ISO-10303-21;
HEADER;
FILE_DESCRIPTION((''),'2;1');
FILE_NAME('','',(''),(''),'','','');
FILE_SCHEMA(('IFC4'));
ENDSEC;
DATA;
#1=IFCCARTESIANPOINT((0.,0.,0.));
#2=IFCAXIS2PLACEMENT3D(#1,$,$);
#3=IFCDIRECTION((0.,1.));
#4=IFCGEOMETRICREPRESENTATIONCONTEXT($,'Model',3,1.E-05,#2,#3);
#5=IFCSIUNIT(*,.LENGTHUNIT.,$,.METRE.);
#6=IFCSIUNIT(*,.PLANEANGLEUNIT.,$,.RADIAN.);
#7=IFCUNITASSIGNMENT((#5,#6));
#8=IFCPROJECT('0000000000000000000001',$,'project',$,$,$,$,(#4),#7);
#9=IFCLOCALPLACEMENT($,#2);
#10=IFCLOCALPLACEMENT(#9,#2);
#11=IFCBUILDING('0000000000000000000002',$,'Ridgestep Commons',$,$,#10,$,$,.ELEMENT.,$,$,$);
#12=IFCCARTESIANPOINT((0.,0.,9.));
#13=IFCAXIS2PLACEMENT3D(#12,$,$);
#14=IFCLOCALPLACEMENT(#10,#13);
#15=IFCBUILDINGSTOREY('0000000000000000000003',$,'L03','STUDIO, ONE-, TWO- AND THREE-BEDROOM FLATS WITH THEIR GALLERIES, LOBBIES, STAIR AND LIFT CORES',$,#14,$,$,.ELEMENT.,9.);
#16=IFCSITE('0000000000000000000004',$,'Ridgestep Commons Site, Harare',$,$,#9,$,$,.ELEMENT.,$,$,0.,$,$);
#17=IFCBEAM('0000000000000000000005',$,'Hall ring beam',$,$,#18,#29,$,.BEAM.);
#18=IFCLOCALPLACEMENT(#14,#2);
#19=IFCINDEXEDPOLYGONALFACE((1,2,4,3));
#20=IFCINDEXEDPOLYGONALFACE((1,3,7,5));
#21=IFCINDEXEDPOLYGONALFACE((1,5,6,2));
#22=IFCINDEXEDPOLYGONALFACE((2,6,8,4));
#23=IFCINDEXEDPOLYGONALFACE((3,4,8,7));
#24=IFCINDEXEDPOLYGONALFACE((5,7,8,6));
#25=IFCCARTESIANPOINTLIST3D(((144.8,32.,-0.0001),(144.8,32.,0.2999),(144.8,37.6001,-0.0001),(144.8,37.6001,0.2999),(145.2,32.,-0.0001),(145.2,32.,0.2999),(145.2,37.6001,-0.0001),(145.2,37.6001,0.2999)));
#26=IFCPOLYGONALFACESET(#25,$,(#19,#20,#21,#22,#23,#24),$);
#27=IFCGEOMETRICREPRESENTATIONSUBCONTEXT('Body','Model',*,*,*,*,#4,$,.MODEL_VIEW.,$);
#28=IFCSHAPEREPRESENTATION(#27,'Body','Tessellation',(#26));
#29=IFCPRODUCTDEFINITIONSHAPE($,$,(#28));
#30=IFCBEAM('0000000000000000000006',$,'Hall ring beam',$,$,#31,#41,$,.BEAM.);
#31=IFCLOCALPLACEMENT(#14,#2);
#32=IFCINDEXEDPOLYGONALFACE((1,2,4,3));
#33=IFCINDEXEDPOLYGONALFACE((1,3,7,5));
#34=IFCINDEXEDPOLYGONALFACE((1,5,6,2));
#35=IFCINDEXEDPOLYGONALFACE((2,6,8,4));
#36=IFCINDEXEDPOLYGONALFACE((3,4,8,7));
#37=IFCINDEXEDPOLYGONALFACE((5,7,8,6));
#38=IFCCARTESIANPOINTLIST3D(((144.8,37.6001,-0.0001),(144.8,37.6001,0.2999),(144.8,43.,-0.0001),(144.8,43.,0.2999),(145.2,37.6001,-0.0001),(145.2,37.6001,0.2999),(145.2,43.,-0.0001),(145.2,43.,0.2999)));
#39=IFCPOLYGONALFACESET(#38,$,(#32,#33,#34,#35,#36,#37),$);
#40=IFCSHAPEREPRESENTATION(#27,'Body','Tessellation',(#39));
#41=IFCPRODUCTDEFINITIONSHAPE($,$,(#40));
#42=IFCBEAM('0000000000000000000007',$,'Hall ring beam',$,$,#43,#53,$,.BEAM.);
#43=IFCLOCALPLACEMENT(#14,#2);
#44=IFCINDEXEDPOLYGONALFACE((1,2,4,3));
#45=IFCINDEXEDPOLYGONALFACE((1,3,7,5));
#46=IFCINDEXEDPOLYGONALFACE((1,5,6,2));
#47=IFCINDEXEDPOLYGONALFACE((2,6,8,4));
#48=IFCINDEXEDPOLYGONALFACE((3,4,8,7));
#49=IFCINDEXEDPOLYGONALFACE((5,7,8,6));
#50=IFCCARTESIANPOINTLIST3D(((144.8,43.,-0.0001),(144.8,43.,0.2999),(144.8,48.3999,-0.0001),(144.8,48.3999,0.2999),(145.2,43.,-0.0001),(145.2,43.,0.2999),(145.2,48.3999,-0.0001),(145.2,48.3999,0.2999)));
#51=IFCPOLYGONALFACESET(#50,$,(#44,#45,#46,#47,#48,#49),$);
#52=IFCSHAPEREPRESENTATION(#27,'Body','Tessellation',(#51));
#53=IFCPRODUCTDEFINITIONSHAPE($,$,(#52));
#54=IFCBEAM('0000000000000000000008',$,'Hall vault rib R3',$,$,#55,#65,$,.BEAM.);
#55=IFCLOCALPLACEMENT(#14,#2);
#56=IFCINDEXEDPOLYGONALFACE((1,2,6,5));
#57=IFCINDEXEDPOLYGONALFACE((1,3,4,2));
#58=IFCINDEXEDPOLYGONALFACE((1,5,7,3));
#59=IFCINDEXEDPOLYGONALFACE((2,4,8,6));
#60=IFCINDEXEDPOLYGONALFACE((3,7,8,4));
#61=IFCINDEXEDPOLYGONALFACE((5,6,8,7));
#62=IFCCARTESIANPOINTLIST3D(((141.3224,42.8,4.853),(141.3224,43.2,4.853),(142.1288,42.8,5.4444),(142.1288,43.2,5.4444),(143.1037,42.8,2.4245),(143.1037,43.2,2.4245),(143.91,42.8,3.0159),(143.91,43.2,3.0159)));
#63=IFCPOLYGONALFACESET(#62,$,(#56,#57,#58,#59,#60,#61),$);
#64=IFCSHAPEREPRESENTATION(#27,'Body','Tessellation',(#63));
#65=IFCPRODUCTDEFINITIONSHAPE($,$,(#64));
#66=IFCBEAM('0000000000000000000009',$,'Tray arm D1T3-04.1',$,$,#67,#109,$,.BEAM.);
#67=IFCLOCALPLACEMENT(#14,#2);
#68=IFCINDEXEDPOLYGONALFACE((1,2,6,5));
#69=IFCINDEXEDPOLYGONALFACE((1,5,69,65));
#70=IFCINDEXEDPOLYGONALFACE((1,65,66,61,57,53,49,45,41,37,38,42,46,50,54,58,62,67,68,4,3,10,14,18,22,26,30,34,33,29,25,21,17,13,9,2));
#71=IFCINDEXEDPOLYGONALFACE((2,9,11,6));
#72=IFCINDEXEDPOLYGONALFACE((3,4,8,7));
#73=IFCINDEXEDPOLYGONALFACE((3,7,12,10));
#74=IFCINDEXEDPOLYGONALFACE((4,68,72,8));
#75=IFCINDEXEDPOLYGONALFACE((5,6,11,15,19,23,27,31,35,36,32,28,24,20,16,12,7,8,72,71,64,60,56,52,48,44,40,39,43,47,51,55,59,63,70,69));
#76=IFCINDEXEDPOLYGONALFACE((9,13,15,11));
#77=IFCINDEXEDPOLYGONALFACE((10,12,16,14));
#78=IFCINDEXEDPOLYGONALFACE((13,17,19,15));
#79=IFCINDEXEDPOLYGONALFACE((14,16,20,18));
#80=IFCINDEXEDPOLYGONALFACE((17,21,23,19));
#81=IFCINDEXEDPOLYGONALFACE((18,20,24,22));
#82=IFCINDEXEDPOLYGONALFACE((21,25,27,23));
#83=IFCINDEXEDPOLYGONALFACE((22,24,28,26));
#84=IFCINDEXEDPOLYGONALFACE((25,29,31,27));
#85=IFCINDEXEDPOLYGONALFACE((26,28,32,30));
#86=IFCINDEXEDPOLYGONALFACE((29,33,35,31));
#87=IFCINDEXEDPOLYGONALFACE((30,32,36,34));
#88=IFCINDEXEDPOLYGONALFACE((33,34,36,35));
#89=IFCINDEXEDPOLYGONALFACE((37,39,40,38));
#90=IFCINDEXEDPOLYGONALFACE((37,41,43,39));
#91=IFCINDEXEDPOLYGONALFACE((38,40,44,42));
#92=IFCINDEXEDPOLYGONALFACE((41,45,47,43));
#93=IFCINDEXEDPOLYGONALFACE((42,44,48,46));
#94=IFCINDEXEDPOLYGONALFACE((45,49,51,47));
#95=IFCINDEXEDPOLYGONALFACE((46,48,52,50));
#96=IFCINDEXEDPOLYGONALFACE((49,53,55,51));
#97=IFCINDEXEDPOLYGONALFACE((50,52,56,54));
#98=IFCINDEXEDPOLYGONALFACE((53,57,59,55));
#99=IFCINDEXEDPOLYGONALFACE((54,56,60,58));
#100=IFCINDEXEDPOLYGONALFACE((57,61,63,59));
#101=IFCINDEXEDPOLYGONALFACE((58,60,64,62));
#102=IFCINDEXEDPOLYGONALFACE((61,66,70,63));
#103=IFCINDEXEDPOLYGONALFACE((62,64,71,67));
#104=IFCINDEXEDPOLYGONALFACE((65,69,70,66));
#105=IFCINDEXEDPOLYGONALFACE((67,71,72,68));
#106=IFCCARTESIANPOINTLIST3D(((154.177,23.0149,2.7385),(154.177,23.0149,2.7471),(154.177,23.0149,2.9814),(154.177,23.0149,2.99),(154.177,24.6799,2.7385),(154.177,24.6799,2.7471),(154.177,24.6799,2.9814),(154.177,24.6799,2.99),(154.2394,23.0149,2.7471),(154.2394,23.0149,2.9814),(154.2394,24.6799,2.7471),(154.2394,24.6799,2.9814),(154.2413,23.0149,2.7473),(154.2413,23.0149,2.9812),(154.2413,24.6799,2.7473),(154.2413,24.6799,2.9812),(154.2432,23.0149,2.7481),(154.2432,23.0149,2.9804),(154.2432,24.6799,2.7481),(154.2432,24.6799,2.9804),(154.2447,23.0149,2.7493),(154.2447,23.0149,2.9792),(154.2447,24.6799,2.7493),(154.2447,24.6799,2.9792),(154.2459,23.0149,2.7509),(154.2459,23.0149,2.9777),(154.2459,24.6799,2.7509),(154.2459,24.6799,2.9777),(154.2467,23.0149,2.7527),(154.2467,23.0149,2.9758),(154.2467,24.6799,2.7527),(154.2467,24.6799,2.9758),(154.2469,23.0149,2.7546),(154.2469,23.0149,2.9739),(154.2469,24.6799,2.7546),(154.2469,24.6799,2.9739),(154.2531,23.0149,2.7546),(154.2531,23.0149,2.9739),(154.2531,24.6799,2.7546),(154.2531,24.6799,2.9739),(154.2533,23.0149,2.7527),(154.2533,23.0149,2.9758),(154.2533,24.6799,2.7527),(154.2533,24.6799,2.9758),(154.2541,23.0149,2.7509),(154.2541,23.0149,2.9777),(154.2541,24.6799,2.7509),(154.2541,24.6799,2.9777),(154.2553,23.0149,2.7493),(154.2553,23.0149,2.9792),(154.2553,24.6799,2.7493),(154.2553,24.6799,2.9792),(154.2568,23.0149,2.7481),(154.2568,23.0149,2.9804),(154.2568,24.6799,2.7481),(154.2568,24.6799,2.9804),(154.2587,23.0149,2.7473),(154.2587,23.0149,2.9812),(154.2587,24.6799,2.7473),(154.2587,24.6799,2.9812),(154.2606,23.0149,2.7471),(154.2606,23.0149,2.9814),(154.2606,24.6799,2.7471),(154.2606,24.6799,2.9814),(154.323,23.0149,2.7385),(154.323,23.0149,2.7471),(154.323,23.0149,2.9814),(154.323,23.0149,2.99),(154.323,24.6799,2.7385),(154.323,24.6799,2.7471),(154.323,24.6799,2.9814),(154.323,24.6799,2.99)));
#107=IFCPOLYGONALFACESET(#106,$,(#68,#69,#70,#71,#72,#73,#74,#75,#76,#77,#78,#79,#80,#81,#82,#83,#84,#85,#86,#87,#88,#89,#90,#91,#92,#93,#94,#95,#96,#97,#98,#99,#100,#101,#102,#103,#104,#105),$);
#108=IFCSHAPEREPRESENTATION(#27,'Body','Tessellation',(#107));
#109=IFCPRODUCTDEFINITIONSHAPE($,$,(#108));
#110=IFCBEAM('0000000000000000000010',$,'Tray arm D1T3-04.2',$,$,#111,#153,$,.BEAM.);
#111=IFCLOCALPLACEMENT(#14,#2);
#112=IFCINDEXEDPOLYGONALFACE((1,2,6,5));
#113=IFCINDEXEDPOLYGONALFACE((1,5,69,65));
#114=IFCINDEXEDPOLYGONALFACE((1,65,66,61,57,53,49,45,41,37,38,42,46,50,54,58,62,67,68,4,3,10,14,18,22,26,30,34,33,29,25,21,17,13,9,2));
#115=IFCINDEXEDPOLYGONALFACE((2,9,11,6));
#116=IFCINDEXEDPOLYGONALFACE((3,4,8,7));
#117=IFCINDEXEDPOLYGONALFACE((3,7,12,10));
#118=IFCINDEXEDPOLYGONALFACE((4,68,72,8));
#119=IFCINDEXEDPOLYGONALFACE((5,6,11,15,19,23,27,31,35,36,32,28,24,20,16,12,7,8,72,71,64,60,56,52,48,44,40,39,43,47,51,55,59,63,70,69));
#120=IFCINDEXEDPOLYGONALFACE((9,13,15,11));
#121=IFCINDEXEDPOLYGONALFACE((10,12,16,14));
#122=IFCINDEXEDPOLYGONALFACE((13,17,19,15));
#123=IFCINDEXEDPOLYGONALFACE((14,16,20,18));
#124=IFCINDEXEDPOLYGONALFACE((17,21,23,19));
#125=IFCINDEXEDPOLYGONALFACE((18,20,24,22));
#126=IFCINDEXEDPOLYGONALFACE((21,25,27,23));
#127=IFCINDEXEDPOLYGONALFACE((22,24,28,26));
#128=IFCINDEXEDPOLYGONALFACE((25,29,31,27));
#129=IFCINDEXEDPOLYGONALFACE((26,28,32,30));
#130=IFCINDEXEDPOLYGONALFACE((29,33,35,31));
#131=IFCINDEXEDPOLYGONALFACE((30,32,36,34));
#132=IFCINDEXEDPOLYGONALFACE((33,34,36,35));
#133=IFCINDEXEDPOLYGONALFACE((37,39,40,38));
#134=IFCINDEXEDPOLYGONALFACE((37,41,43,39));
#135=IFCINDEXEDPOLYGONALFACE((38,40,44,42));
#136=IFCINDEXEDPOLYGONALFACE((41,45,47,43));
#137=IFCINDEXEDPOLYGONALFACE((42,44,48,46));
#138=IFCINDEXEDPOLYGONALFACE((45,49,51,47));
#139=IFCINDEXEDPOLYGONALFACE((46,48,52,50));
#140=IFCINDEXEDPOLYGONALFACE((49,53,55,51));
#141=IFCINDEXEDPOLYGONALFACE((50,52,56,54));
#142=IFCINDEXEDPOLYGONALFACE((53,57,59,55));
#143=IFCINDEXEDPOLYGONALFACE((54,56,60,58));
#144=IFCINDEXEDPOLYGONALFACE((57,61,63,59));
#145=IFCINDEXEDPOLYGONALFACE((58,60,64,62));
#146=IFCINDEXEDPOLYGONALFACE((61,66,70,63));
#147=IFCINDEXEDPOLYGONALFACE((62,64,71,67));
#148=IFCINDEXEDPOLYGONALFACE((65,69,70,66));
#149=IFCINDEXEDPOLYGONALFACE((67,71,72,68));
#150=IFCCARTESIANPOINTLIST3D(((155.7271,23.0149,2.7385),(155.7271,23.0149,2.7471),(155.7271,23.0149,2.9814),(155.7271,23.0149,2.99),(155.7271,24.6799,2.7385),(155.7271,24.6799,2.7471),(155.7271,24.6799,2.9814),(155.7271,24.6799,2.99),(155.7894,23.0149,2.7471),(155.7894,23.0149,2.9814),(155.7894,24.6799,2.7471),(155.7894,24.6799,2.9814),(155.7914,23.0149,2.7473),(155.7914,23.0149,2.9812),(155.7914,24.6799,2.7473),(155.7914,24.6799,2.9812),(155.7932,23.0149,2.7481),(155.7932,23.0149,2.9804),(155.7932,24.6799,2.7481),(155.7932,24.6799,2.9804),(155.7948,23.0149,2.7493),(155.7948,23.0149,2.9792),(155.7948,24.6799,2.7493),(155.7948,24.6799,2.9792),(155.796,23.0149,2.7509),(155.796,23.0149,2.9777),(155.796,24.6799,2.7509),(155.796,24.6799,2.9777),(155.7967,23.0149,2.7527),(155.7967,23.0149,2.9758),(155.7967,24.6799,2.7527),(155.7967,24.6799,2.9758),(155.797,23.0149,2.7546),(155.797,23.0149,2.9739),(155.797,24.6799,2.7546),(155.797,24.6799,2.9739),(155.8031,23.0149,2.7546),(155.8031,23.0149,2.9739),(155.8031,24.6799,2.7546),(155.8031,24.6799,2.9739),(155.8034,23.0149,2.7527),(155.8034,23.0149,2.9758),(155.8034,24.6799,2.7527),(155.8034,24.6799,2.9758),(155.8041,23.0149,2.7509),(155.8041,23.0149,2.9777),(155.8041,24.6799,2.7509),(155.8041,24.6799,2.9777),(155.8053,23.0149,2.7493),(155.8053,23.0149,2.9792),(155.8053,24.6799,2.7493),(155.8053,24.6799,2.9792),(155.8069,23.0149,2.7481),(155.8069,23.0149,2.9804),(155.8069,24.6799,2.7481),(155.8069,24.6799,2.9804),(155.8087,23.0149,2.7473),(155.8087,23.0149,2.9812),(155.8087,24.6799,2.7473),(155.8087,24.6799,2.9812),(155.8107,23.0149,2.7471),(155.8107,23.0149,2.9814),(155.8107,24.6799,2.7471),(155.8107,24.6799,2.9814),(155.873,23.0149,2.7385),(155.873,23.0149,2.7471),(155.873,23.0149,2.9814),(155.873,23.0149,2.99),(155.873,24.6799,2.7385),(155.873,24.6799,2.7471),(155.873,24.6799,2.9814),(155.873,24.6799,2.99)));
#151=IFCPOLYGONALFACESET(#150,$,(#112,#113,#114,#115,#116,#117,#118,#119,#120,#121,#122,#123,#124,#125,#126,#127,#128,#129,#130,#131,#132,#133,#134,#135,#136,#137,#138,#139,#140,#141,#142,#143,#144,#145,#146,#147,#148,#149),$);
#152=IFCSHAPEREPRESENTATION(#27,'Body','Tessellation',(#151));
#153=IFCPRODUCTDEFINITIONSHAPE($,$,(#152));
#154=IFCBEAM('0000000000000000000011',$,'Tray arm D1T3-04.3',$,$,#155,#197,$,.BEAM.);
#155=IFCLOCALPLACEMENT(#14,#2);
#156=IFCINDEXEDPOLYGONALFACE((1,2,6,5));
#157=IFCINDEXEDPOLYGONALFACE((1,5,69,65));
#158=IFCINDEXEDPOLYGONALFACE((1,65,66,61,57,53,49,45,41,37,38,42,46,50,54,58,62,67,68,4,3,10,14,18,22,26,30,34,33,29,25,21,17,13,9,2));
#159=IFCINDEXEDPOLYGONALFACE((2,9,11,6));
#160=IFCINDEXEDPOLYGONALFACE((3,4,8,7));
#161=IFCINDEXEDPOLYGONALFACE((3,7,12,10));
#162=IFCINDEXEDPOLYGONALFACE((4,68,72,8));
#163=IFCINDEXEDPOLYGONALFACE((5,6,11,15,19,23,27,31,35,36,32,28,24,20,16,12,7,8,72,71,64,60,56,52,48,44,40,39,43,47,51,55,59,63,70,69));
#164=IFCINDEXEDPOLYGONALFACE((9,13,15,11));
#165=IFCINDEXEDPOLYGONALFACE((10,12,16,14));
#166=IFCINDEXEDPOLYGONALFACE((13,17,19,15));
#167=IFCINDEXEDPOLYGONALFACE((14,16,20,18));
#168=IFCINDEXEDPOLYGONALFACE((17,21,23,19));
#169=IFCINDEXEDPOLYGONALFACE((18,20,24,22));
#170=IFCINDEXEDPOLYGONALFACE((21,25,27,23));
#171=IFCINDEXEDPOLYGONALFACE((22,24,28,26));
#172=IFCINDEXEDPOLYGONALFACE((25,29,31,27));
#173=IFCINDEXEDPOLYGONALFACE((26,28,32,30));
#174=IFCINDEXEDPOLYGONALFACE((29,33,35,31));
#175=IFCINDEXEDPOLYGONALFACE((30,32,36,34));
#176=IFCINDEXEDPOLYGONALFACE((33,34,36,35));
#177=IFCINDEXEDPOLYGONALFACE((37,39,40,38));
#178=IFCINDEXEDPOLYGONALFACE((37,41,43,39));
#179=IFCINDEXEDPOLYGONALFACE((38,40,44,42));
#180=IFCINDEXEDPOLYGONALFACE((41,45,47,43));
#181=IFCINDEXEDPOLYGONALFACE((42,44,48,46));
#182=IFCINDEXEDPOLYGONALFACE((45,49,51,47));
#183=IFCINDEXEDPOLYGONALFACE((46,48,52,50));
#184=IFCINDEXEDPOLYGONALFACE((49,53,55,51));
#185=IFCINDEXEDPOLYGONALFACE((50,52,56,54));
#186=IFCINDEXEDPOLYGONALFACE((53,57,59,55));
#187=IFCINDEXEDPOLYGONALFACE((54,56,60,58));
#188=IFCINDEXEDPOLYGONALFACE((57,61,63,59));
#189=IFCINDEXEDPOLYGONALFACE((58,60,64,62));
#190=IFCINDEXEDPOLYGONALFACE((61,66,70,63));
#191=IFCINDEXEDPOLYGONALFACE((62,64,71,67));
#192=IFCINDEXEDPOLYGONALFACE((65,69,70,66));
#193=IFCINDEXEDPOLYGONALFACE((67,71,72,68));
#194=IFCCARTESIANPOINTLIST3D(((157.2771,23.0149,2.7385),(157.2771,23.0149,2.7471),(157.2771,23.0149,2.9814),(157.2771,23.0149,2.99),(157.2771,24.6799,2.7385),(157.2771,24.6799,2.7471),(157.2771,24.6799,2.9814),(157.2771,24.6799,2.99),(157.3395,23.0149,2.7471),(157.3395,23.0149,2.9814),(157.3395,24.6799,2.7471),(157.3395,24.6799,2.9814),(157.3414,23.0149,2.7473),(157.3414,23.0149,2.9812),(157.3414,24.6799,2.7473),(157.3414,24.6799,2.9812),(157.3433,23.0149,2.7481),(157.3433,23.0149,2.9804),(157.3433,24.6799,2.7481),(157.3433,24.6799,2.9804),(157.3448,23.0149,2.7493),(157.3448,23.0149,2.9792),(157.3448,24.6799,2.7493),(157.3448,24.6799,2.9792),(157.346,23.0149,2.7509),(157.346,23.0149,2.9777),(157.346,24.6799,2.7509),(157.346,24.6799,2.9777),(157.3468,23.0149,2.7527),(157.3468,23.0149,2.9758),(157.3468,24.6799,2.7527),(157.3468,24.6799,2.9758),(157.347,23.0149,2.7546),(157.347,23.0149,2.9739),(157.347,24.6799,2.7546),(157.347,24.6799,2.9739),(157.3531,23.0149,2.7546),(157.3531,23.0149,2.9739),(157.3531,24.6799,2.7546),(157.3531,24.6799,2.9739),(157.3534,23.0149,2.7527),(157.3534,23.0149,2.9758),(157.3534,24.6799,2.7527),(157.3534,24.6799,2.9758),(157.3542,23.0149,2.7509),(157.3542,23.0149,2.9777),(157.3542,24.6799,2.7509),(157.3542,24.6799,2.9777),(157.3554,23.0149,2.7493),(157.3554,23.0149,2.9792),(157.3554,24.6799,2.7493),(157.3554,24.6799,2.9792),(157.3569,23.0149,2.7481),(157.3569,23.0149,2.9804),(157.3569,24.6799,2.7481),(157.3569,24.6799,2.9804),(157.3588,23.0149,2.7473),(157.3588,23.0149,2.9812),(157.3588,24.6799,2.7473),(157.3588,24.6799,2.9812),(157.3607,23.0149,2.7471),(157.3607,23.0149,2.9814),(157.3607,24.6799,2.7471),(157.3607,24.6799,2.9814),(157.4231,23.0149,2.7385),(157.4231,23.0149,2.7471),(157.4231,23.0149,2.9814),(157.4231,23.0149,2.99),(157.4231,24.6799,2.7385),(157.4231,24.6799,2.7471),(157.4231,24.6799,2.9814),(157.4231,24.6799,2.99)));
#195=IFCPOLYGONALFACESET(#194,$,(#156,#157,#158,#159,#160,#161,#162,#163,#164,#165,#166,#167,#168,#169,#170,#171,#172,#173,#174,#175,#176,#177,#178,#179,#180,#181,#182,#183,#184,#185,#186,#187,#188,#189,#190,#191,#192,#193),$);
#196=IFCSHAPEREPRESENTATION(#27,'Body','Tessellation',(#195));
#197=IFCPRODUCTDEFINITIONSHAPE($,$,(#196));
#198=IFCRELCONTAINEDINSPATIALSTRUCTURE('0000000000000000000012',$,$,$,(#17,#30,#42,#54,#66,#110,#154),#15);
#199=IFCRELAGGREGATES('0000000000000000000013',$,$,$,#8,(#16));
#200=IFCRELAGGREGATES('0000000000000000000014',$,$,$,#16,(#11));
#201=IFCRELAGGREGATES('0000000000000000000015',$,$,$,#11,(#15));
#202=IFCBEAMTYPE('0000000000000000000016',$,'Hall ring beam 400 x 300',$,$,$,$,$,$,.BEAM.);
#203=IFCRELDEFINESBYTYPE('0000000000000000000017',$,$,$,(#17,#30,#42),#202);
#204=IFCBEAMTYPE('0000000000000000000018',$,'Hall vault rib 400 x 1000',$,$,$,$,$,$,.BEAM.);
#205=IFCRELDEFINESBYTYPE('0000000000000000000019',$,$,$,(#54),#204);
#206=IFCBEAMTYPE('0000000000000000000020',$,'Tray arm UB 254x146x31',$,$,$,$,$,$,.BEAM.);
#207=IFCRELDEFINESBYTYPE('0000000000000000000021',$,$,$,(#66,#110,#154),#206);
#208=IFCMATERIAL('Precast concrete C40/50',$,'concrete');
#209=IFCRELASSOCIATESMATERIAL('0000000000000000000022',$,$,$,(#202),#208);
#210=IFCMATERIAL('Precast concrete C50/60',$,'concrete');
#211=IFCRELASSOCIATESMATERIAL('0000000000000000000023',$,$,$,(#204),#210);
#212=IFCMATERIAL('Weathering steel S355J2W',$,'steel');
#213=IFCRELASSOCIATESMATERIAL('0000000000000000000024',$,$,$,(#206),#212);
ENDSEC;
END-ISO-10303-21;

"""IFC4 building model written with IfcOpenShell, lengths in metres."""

from ifc_helpers import new_model, si_unit, direction, frame, origin, origin_2d, place, context, subcontext, project, spatial, rectangle, i_section, extrude, material, material_profile, profile_set, type_object, element, save


model = new_model("IFC4")

# Units and contexts
model_context = context("Model", 3, precision=1e-05, world=origin(), true_north=direction((0.0, 1.0)))
body_context = subcontext(model_context, "Body", "Model", "MODEL_VIEW")
ifc_project = project(units=[si_unit("LENGTHUNIT", "METRE"), si_unit("PLANEANGLEUNIT", "RADIAN")], contexts=[model_context])

# Site, building, storey
site_placement = place(None, origin())
site = spatial("IfcSite", under=ifc_project, at=site_placement, Name="Ridgestep Commons Site, Harare", CompositionType="ELEMENT", RefElevation=0.0)
building_placement = place(site_placement, origin())
building = spatial("IfcBuilding", under=site, at=building_placement, Name="Ridgestep Commons", CompositionType="ELEMENT")
storey_placement = place(building_placement, frame((0.0, 0.0, 9.0)))
storey = spatial("IfcBuildingStorey", under=building, at=storey_placement, Name="L03", Description="STUDIO, ONE-, TWO- AND THREE-BEDROOM FLATS WITH THEIR GALLERIES, LOBBIES, STAIR AND LIFT CORES", CompositionType="ELEMENT", Elevation=9.0)

# Beams
ifc_material_1 = material(Name="Precast concrete C40/50", Category="concrete")
ifc_material_profile_1 = material_profile(ifc_material_1, rectangle(XDim=0.3999, YDim=0.3, at=origin_2d()), Name="Hall ring beam 400 x 300")
ifc_profile_set_1 = profile_set([ifc_material_profile_1], Name="Precast concrete C40/50")
beam_type_1 = type_object("IfcBeamType", Name="Hall ring beam 400 x 300", PredefinedType="BEAM", material=ifc_profile_set_1)
beam_1_placement = place(storey_placement, frame((145.0, 32.0, 0.1499), z_axis=(0.0, 1.0, 0.0), x_axis=(-1.0, 0.0, 0.0)))
element("IfcBeam", 1, at=beam_1_placement, inside=storey, type_object=beam_type_1, Name="Hall ring beam", PredefinedType="BEAM", context=body_context, shape_type="SweptSolid", body=[
    extrude(rectangle(XDim=0.3999, YDim=0.3, at=origin_2d()), origin(), (0.0, 0.0, 1.0), 5.6001),
])
for number, where, z_axis, x_axis, name in (
    (2, (145.0, 37.6001, 0.1499), (0.0, 1.0, 0.0), (-1.0, 0.0, 0.0), "Hall ring beam"),
    (3, (145.0, 43.0, 0.1499), (0.0, 1.0, 0.0), (-1.0, 0.0, 0.0), "Hall ring beam"),
):
    element("IfcBeam", number, at=place(storey_placement, frame(where, z_axis=z_axis, x_axis=x_axis)), inside=storey, type_object=beam_type_1, Name=name, PredefinedType="BEAM", context=body_context, shape_type="SweptSolid", body=[
        extrude(rectangle(XDim=0.3999, YDim=0.3, at=origin_2d()), origin(), (0.0, 0.0, 1.0), 5.3999),
    ])
ifc_material_2 = material(Name="Precast concrete C50/60", Category="concrete")
ifc_material_profile_2 = material_profile(ifc_material_2, rectangle(XDim=0.3999, YDim=1.0, at=origin_2d()), Name="Hall vault rib 400 x 1000")
ifc_profile_set_2 = profile_set([ifc_material_profile_2], Name="Precast concrete C50/60")
beam_type_2 = type_object("IfcBeamType", Name="Hall vault rib 400 x 1000", PredefinedType="BEAM", material=ifc_profile_set_2)
beam_2_placement = place(storey_placement, frame((141.7256, 43.0, 5.1487), z_axis=(0.591444, 0.0, -0.806346), x_axis=(0.0, 1.0, 0.0)))
element("IfcBeam", 4, at=beam_2_placement, inside=storey, type_object=beam_type_2, Name="Hall vault rib R3", PredefinedType="BEAM", context=body_context, shape_type="SweptSolid", body=[
    extrude(rectangle(XDim=0.3999, YDim=1.0, at=origin_2d()), origin(), (0.0, 0.0, 1.0), 3.0117),
])
ifc_material_3 = material(Name="Weathering steel S355J2W", Category="steel")
ifc_material_profile_3 = material_profile(ifc_material_3, i_section(OverallWidth=0.146, OverallDepth=0.2515, WebThickness=0.0061, FlangeThickness=0.0085, FilletRadius=0.0076, at=origin_2d()), Name="UB 254x146x31")
ifc_profile_set_3 = profile_set([ifc_material_profile_3], Name="Weathering steel S355J2W")
beam_type_3 = type_object("IfcBeamType", Name="Tray arm UB 254x146x31", PredefinedType="BEAM", material=ifc_profile_set_3)
for number, where, z_axis, x_axis, name in (
    (5, (154.25, 23.0149, 2.8643), (0.0, 1.0, 0.0), (-1.0, 0.0, 0.0), "Tray arm D1T3-04.1"),
    (6, (155.8, 23.0149, 2.8643), (0.0, 1.0, 0.0), (-1.0, 0.0, 0.0), "Tray arm D1T3-04.2"),
    (7, (157.3501, 23.0149, 2.8643), (0.0, 1.0, 0.0), (-1.0, 0.0, 0.0), "Tray arm D1T3-04.3"),
):
    element("IfcBeam", number, at=place(storey_placement, frame(where, z_axis=z_axis, x_axis=x_axis)), inside=storey, type_object=beam_type_3, Name=name, PredefinedType="BEAM", context=body_context, shape_type="SweptSolid", body=[
        extrude(i_section(OverallWidth=0.146, OverallDepth=0.2515, WebThickness=0.0061, FlangeThickness=0.0085, FilletRadius=0.0076, at=origin_2d()), origin(), (0.0, 0.0, 1.0), 1.665),
    ])

save(model, "model.ifc")
